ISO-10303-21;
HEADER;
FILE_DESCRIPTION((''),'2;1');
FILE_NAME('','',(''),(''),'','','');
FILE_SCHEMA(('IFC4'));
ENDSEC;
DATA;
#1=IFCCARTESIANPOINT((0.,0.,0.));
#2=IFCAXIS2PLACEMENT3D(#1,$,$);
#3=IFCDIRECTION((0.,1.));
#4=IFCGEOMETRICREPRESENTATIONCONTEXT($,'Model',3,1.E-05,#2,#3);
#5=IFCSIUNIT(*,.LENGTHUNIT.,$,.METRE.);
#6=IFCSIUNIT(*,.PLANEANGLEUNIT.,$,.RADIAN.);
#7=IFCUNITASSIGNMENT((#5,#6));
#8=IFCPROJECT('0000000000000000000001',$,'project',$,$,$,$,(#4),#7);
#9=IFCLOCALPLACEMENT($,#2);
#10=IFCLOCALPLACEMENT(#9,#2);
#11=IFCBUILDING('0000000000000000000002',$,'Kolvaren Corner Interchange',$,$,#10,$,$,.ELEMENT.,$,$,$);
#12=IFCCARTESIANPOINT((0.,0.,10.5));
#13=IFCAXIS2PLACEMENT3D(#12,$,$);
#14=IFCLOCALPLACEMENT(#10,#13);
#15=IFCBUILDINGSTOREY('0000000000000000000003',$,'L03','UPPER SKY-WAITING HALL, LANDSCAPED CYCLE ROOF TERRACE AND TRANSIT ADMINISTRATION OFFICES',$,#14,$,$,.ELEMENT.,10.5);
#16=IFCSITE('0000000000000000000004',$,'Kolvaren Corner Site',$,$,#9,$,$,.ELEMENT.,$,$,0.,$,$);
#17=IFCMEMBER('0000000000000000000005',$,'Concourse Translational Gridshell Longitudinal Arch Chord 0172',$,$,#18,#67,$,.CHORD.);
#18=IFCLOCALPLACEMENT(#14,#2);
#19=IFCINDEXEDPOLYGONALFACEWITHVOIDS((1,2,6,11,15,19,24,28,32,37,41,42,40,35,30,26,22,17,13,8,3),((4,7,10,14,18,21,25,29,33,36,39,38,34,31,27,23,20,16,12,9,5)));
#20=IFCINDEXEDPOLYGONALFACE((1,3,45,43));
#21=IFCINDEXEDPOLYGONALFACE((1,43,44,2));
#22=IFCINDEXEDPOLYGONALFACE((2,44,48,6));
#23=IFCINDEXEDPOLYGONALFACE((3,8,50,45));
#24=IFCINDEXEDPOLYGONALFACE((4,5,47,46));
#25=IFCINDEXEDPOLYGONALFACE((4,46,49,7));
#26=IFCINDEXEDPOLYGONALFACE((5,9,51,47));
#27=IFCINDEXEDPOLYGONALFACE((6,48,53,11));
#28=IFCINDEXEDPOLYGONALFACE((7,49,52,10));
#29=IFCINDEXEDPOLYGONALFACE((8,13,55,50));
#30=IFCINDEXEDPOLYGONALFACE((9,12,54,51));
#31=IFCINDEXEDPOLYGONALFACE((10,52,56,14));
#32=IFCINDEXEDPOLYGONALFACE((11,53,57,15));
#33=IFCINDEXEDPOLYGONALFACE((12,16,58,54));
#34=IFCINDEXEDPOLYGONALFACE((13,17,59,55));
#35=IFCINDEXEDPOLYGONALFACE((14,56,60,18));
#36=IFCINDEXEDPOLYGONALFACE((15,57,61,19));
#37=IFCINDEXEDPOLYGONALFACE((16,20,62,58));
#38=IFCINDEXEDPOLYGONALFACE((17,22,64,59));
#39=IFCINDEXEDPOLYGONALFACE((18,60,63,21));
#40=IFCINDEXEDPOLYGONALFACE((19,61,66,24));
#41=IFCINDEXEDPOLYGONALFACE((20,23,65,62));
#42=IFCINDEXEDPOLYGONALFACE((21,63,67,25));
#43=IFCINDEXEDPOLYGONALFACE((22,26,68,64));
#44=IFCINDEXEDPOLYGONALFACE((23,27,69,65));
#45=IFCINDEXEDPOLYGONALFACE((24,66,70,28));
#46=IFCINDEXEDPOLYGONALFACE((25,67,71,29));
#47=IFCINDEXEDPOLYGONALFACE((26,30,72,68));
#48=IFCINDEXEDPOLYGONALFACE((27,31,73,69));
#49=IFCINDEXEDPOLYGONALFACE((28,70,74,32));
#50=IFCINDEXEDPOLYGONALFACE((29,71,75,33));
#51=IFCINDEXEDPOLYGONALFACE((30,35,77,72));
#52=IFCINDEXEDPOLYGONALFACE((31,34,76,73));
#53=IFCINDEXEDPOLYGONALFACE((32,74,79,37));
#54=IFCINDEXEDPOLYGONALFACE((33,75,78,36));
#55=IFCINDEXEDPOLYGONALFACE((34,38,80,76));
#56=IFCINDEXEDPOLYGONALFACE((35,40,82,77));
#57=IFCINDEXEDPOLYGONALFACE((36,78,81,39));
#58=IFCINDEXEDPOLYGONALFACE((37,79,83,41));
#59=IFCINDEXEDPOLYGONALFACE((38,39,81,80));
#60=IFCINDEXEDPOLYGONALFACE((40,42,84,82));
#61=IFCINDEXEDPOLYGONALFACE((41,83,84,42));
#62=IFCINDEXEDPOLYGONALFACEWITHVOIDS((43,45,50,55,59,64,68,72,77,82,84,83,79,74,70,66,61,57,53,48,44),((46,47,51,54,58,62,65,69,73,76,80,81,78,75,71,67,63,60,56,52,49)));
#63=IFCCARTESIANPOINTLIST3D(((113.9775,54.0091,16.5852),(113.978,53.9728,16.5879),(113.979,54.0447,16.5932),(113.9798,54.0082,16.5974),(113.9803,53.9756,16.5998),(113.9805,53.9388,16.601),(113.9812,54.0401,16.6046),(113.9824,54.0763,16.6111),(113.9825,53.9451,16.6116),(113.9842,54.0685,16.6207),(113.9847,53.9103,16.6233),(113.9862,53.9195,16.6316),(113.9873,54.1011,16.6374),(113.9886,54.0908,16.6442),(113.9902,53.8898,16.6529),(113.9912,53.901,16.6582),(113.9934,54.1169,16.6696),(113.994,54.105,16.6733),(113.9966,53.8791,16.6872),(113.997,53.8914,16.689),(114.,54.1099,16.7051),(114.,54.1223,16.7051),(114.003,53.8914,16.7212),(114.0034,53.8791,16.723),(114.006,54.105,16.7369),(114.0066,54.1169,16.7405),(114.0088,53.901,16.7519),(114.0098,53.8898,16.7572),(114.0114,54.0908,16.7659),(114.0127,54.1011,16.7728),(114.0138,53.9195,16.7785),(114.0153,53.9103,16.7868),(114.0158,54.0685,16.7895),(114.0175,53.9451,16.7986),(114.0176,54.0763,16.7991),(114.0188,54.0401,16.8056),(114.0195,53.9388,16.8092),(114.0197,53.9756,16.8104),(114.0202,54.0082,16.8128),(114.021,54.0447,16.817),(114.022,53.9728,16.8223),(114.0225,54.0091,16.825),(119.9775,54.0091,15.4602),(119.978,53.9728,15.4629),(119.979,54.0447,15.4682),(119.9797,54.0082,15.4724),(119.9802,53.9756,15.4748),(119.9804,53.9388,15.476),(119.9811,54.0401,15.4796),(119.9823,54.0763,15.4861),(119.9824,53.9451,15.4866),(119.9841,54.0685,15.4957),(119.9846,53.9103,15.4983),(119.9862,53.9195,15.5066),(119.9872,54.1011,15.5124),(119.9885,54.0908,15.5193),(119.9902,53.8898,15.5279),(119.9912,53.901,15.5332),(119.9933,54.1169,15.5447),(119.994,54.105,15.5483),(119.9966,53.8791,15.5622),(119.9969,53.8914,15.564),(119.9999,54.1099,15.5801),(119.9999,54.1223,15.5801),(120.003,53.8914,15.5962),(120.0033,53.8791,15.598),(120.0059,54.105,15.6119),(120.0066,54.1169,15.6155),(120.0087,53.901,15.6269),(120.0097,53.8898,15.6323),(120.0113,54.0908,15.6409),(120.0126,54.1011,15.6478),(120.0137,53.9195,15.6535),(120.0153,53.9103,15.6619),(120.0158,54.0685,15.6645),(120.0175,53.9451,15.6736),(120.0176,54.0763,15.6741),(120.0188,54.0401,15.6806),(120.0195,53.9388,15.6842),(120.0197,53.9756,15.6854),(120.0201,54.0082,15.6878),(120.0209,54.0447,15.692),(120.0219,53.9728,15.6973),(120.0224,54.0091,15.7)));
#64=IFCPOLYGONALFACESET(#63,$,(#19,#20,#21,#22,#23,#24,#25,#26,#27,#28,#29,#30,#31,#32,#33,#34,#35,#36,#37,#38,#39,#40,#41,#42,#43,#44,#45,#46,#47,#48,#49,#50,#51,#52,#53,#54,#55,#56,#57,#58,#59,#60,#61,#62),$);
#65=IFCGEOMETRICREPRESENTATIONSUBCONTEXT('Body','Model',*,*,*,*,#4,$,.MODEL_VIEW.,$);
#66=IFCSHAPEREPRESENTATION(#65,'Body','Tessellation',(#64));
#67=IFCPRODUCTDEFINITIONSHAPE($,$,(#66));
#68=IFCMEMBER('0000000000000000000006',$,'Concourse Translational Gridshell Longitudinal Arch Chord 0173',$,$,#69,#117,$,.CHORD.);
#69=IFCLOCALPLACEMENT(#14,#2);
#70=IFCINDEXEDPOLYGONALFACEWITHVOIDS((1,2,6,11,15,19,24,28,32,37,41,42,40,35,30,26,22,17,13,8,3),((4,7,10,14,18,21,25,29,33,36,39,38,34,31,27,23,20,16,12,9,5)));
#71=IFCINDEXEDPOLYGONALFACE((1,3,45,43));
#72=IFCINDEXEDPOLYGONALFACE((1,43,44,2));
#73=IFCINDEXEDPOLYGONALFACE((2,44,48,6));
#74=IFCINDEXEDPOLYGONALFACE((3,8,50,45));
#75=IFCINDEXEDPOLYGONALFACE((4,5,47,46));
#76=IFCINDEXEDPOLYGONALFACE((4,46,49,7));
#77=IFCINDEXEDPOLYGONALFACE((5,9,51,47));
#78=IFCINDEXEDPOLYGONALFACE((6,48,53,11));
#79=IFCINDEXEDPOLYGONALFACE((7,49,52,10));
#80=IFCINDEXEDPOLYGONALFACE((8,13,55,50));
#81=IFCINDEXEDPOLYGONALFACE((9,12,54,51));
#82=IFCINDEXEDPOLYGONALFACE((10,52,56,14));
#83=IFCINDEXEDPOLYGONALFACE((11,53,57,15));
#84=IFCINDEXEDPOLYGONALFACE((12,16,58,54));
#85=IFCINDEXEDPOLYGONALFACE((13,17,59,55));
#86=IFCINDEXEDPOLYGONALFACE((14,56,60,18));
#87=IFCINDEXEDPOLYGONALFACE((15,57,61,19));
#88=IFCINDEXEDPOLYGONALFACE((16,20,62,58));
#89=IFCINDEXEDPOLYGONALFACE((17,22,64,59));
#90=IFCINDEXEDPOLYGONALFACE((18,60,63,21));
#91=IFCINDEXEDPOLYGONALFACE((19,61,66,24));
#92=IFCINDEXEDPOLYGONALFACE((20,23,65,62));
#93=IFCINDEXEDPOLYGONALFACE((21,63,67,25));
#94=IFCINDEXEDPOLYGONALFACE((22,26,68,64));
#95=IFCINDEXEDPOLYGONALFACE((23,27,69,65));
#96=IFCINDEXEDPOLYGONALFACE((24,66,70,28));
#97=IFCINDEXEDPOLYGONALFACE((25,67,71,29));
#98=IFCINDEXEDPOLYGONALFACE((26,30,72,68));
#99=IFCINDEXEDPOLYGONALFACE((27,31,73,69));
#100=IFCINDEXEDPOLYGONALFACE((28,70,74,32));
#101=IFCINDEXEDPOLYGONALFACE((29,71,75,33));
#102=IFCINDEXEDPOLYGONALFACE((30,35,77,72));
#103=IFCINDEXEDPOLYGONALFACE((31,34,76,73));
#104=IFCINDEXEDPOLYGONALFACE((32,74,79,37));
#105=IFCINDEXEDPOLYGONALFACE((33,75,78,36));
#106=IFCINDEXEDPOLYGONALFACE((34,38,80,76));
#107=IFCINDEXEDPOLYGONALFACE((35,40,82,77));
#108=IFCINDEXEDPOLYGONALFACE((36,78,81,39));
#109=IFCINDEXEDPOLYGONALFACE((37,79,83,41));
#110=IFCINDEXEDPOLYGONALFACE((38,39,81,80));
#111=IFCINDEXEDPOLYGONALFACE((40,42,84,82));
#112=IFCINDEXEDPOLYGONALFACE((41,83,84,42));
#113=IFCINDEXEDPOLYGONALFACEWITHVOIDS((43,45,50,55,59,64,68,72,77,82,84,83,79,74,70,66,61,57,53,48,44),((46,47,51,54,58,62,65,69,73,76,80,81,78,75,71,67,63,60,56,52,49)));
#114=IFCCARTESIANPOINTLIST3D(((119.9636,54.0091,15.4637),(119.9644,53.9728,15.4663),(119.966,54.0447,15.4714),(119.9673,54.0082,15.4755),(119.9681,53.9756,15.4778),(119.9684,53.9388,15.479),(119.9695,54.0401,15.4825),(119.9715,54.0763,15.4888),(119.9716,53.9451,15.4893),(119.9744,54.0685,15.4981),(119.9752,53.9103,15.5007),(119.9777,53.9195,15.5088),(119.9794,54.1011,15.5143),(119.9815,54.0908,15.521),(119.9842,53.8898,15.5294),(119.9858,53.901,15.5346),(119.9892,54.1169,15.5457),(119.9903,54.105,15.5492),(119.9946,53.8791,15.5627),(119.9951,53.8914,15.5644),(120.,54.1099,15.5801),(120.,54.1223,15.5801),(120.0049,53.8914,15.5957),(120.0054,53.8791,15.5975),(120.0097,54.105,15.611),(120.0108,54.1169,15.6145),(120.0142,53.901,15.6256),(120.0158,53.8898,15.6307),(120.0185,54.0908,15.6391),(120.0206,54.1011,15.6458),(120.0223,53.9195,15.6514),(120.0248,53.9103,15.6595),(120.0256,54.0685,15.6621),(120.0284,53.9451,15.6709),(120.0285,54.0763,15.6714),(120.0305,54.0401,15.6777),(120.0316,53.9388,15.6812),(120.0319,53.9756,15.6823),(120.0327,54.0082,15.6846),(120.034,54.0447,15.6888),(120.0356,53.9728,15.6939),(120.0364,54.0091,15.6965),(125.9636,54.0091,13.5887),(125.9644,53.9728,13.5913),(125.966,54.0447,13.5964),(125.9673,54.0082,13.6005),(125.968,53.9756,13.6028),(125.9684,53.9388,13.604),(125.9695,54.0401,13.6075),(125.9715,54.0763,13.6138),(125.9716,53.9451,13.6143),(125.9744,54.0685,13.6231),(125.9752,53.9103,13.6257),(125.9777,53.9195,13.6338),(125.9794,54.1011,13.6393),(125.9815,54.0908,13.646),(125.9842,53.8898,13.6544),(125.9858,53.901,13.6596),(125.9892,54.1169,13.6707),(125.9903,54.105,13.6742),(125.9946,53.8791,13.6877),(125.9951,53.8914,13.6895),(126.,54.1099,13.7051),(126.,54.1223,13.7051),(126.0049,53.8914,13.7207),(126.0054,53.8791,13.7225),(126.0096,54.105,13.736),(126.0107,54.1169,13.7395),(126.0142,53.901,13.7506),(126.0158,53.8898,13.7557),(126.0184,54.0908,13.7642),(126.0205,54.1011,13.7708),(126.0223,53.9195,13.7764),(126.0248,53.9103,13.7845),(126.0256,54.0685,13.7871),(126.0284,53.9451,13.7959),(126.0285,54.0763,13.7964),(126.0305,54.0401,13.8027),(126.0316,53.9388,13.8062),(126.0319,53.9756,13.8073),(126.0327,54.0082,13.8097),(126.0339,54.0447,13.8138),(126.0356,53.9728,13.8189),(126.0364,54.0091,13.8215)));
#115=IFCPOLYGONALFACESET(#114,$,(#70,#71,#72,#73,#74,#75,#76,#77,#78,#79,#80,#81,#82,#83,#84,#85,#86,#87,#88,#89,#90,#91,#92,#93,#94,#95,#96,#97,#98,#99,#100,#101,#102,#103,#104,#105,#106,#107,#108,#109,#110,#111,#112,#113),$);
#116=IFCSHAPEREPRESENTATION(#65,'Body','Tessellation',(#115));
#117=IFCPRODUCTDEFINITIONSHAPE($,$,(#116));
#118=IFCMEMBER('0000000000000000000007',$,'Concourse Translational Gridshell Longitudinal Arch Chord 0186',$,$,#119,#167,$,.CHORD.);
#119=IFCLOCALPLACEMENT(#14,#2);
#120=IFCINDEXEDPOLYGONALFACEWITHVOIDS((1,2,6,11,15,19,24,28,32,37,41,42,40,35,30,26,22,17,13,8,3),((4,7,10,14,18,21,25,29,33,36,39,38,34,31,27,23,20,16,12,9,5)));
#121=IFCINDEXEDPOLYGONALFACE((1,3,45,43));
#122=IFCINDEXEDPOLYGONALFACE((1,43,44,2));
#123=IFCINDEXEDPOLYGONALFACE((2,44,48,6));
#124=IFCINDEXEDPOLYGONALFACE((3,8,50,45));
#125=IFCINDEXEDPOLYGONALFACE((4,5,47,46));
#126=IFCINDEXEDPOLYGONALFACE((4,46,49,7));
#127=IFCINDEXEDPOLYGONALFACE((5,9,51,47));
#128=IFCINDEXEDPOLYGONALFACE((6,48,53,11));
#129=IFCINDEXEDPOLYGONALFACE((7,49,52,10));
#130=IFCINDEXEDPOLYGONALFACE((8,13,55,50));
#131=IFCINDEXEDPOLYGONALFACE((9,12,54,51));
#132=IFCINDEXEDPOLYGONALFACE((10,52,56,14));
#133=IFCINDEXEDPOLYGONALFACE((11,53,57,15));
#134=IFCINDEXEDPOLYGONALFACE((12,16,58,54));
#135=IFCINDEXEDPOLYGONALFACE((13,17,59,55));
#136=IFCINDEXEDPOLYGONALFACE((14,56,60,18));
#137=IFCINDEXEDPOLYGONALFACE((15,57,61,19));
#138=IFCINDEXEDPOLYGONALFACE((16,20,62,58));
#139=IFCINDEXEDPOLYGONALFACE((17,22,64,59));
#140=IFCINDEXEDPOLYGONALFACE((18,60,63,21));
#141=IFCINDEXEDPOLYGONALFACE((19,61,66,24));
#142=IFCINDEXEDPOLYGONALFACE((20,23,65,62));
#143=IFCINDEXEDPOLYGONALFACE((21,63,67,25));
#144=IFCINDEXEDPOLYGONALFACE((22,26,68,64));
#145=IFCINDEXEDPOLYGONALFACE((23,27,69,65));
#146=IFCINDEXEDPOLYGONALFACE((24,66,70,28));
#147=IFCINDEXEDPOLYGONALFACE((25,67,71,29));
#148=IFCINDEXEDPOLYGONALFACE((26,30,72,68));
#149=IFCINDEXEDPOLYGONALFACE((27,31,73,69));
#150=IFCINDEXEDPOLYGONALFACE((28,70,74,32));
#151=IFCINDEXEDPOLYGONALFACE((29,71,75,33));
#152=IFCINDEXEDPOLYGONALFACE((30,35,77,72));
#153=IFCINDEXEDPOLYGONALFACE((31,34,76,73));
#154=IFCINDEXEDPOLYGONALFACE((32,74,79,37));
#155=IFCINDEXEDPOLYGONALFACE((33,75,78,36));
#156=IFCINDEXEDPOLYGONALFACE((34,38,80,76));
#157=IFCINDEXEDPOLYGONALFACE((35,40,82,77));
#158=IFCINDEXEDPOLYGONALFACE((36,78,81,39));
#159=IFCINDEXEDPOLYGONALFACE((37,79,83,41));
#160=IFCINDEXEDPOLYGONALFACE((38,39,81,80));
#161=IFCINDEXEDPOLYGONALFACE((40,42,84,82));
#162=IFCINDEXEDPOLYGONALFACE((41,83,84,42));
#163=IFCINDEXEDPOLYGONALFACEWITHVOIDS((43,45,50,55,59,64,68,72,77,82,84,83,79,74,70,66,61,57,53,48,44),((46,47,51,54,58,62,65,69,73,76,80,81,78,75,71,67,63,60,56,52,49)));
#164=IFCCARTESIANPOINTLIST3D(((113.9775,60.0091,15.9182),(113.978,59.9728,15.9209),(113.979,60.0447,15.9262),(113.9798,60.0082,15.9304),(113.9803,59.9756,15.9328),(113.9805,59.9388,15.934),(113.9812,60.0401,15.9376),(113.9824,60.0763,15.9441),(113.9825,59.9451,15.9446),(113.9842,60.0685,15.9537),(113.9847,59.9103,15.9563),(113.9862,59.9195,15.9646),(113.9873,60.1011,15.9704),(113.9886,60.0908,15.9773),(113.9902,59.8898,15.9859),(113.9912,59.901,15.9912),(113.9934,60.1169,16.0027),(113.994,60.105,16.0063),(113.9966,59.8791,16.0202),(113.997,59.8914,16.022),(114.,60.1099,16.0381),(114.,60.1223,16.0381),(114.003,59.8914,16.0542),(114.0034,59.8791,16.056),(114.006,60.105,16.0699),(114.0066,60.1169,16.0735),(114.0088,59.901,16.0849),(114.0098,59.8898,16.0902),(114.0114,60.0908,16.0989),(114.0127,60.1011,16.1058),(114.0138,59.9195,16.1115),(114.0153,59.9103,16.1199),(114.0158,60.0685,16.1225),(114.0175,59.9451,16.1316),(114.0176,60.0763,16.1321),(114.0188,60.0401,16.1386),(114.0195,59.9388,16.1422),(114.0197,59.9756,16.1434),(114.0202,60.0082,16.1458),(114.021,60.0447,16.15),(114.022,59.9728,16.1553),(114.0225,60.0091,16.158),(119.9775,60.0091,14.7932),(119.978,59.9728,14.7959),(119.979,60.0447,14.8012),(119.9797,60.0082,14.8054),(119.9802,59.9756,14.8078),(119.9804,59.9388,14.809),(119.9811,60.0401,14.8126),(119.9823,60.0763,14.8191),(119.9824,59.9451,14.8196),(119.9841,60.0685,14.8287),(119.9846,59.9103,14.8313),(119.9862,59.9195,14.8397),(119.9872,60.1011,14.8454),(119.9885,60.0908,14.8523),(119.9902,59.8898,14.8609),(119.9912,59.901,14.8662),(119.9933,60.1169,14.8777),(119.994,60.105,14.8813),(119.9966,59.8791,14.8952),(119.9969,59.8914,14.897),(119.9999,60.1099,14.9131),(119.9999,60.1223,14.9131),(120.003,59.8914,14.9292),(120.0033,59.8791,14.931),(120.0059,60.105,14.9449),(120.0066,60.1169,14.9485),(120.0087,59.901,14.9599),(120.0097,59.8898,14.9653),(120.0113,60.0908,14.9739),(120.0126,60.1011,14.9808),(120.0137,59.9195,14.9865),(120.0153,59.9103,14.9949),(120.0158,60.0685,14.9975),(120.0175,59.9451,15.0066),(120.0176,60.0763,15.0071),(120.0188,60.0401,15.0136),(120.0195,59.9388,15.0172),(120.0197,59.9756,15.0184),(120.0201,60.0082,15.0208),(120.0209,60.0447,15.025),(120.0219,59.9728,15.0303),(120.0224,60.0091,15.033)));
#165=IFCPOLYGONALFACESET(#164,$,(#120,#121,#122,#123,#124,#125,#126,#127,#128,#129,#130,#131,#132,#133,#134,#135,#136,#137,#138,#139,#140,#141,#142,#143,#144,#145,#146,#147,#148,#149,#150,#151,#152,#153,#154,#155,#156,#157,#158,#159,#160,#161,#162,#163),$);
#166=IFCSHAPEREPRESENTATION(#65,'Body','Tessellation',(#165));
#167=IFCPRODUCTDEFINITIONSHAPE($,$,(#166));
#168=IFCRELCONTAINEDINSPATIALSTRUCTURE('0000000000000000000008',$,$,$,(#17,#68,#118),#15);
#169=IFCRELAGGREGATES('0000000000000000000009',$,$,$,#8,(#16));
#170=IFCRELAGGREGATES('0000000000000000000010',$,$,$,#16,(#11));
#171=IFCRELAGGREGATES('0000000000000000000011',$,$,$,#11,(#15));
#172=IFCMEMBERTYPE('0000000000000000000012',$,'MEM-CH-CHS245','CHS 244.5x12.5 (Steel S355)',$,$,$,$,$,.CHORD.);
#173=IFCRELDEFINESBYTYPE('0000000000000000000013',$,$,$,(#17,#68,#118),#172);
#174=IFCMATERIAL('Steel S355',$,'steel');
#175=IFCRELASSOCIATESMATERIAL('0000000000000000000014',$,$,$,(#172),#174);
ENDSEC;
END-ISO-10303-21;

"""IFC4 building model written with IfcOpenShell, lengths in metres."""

from ifc_helpers import new_model, si_unit, direction, frame, origin, origin_2d, place, context, subcontext, project, spatial, hollow_circle, extrude, material, material_profile, profile_set, type_object, element, save


model = new_model("IFC4")

# Units and contexts
model_context = context("Model", 3, precision=1e-05, world=origin(), true_north=direction((0.0, 1.0)))
body_context = subcontext(model_context, "Body", "Model", "MODEL_VIEW")
ifc_project = project(units=[si_unit("LENGTHUNIT", "METRE"), si_unit("PLANEANGLEUNIT", "RADIAN")], contexts=[model_context])

# Site, building, storey
site_placement = place(None, origin())
site = spatial("IfcSite", under=ifc_project, at=site_placement, Name="Kolvaren Corner Site", CompositionType="ELEMENT", RefElevation=0.0)
building_placement = place(site_placement, origin())
building = spatial("IfcBuilding", under=site, at=building_placement, Name="Kolvaren Corner Interchange", CompositionType="ELEMENT")
storey_placement = place(building_placement, frame((0.0, 0.0, 10.5)))
storey = spatial("IfcBuildingStorey", under=building, at=storey_placement, Name="L03", Description="UPPER SKY-WAITING HALL, LANDSCAPED CYCLE ROOF TERRACE AND TRANSIT ADMINISTRATION OFFICES", CompositionType="ELEMENT", Elevation=10.5)

# Members
ifc_material_1 = material(Name="Steel S355", Category="steel")
ifc_material_profile_1 = material_profile(ifc_material_1, hollow_circle(Radius=0.1223, WallThickness=0.0125, at=origin_2d()), Name="CHS 244.5x12.5")
ifc_profile_set_1 = profile_set([ifc_material_profile_1], Name="Steel S355")
member_type_1 = type_object("IfcMemberType", Name="MEM-CH-CHS245", Description="CHS 244.5x12.5 (Steel S355)", PredefinedType="CHORD", material=ifc_profile_set_1)
member_1_placement = place(storey_placement, frame((114.0, 54.0, 16.7051), z_axis=(0.982872, 0.0, -0.184289), x_axis=(0.0, 1.0, 0.0)))
element("IfcMember", 1, at=member_1_placement, inside=storey, type_object=member_type_1, Name="Concourse Translational Gridshell Longitudinal Arch Chord 0172", PredefinedType="CHORD", context=body_context, shape_type="SweptSolid", body=[
    extrude(hollow_circle(Radius=0.1223, WallThickness=0.0125, at=origin_2d()), origin(), (0.0, 0.0, 1.0), 6.1045),
])
member_2_placement = place(storey_placement, frame((120.0, 54.0, 15.5801), z_axis=(0.95448, 0.0, -0.298275), x_axis=(0.0, 1.0, 0.0)))
element("IfcMember", 2, at=member_2_placement, inside=storey, type_object=member_type_1, Name="Concourse Translational Gridshell Longitudinal Arch Chord 0173", PredefinedType="CHORD", context=body_context, shape_type="SweptSolid", body=[
    extrude(hollow_circle(Radius=0.1223, WallThickness=0.0125, at=origin_2d()), origin(), (0.0, 0.0, 1.0), 6.2861),
])
member_3_placement = place(storey_placement, frame((114.0, 60.0, 16.0381), z_axis=(0.982872, 0.0, -0.184289), x_axis=(0.0, 1.0, 0.0)))
element("IfcMember", 3, at=member_3_placement, inside=storey, type_object=member_type_1, Name="Concourse Translational Gridshell Longitudinal Arch Chord 0186", PredefinedType="CHORD", context=body_context, shape_type="SweptSolid", body=[
    extrude(hollow_circle(Radius=0.1223, WallThickness=0.0125, at=origin_2d()), origin(), (0.0, 0.0, 1.0), 6.1045),
])

save(model, "model.ifc")
